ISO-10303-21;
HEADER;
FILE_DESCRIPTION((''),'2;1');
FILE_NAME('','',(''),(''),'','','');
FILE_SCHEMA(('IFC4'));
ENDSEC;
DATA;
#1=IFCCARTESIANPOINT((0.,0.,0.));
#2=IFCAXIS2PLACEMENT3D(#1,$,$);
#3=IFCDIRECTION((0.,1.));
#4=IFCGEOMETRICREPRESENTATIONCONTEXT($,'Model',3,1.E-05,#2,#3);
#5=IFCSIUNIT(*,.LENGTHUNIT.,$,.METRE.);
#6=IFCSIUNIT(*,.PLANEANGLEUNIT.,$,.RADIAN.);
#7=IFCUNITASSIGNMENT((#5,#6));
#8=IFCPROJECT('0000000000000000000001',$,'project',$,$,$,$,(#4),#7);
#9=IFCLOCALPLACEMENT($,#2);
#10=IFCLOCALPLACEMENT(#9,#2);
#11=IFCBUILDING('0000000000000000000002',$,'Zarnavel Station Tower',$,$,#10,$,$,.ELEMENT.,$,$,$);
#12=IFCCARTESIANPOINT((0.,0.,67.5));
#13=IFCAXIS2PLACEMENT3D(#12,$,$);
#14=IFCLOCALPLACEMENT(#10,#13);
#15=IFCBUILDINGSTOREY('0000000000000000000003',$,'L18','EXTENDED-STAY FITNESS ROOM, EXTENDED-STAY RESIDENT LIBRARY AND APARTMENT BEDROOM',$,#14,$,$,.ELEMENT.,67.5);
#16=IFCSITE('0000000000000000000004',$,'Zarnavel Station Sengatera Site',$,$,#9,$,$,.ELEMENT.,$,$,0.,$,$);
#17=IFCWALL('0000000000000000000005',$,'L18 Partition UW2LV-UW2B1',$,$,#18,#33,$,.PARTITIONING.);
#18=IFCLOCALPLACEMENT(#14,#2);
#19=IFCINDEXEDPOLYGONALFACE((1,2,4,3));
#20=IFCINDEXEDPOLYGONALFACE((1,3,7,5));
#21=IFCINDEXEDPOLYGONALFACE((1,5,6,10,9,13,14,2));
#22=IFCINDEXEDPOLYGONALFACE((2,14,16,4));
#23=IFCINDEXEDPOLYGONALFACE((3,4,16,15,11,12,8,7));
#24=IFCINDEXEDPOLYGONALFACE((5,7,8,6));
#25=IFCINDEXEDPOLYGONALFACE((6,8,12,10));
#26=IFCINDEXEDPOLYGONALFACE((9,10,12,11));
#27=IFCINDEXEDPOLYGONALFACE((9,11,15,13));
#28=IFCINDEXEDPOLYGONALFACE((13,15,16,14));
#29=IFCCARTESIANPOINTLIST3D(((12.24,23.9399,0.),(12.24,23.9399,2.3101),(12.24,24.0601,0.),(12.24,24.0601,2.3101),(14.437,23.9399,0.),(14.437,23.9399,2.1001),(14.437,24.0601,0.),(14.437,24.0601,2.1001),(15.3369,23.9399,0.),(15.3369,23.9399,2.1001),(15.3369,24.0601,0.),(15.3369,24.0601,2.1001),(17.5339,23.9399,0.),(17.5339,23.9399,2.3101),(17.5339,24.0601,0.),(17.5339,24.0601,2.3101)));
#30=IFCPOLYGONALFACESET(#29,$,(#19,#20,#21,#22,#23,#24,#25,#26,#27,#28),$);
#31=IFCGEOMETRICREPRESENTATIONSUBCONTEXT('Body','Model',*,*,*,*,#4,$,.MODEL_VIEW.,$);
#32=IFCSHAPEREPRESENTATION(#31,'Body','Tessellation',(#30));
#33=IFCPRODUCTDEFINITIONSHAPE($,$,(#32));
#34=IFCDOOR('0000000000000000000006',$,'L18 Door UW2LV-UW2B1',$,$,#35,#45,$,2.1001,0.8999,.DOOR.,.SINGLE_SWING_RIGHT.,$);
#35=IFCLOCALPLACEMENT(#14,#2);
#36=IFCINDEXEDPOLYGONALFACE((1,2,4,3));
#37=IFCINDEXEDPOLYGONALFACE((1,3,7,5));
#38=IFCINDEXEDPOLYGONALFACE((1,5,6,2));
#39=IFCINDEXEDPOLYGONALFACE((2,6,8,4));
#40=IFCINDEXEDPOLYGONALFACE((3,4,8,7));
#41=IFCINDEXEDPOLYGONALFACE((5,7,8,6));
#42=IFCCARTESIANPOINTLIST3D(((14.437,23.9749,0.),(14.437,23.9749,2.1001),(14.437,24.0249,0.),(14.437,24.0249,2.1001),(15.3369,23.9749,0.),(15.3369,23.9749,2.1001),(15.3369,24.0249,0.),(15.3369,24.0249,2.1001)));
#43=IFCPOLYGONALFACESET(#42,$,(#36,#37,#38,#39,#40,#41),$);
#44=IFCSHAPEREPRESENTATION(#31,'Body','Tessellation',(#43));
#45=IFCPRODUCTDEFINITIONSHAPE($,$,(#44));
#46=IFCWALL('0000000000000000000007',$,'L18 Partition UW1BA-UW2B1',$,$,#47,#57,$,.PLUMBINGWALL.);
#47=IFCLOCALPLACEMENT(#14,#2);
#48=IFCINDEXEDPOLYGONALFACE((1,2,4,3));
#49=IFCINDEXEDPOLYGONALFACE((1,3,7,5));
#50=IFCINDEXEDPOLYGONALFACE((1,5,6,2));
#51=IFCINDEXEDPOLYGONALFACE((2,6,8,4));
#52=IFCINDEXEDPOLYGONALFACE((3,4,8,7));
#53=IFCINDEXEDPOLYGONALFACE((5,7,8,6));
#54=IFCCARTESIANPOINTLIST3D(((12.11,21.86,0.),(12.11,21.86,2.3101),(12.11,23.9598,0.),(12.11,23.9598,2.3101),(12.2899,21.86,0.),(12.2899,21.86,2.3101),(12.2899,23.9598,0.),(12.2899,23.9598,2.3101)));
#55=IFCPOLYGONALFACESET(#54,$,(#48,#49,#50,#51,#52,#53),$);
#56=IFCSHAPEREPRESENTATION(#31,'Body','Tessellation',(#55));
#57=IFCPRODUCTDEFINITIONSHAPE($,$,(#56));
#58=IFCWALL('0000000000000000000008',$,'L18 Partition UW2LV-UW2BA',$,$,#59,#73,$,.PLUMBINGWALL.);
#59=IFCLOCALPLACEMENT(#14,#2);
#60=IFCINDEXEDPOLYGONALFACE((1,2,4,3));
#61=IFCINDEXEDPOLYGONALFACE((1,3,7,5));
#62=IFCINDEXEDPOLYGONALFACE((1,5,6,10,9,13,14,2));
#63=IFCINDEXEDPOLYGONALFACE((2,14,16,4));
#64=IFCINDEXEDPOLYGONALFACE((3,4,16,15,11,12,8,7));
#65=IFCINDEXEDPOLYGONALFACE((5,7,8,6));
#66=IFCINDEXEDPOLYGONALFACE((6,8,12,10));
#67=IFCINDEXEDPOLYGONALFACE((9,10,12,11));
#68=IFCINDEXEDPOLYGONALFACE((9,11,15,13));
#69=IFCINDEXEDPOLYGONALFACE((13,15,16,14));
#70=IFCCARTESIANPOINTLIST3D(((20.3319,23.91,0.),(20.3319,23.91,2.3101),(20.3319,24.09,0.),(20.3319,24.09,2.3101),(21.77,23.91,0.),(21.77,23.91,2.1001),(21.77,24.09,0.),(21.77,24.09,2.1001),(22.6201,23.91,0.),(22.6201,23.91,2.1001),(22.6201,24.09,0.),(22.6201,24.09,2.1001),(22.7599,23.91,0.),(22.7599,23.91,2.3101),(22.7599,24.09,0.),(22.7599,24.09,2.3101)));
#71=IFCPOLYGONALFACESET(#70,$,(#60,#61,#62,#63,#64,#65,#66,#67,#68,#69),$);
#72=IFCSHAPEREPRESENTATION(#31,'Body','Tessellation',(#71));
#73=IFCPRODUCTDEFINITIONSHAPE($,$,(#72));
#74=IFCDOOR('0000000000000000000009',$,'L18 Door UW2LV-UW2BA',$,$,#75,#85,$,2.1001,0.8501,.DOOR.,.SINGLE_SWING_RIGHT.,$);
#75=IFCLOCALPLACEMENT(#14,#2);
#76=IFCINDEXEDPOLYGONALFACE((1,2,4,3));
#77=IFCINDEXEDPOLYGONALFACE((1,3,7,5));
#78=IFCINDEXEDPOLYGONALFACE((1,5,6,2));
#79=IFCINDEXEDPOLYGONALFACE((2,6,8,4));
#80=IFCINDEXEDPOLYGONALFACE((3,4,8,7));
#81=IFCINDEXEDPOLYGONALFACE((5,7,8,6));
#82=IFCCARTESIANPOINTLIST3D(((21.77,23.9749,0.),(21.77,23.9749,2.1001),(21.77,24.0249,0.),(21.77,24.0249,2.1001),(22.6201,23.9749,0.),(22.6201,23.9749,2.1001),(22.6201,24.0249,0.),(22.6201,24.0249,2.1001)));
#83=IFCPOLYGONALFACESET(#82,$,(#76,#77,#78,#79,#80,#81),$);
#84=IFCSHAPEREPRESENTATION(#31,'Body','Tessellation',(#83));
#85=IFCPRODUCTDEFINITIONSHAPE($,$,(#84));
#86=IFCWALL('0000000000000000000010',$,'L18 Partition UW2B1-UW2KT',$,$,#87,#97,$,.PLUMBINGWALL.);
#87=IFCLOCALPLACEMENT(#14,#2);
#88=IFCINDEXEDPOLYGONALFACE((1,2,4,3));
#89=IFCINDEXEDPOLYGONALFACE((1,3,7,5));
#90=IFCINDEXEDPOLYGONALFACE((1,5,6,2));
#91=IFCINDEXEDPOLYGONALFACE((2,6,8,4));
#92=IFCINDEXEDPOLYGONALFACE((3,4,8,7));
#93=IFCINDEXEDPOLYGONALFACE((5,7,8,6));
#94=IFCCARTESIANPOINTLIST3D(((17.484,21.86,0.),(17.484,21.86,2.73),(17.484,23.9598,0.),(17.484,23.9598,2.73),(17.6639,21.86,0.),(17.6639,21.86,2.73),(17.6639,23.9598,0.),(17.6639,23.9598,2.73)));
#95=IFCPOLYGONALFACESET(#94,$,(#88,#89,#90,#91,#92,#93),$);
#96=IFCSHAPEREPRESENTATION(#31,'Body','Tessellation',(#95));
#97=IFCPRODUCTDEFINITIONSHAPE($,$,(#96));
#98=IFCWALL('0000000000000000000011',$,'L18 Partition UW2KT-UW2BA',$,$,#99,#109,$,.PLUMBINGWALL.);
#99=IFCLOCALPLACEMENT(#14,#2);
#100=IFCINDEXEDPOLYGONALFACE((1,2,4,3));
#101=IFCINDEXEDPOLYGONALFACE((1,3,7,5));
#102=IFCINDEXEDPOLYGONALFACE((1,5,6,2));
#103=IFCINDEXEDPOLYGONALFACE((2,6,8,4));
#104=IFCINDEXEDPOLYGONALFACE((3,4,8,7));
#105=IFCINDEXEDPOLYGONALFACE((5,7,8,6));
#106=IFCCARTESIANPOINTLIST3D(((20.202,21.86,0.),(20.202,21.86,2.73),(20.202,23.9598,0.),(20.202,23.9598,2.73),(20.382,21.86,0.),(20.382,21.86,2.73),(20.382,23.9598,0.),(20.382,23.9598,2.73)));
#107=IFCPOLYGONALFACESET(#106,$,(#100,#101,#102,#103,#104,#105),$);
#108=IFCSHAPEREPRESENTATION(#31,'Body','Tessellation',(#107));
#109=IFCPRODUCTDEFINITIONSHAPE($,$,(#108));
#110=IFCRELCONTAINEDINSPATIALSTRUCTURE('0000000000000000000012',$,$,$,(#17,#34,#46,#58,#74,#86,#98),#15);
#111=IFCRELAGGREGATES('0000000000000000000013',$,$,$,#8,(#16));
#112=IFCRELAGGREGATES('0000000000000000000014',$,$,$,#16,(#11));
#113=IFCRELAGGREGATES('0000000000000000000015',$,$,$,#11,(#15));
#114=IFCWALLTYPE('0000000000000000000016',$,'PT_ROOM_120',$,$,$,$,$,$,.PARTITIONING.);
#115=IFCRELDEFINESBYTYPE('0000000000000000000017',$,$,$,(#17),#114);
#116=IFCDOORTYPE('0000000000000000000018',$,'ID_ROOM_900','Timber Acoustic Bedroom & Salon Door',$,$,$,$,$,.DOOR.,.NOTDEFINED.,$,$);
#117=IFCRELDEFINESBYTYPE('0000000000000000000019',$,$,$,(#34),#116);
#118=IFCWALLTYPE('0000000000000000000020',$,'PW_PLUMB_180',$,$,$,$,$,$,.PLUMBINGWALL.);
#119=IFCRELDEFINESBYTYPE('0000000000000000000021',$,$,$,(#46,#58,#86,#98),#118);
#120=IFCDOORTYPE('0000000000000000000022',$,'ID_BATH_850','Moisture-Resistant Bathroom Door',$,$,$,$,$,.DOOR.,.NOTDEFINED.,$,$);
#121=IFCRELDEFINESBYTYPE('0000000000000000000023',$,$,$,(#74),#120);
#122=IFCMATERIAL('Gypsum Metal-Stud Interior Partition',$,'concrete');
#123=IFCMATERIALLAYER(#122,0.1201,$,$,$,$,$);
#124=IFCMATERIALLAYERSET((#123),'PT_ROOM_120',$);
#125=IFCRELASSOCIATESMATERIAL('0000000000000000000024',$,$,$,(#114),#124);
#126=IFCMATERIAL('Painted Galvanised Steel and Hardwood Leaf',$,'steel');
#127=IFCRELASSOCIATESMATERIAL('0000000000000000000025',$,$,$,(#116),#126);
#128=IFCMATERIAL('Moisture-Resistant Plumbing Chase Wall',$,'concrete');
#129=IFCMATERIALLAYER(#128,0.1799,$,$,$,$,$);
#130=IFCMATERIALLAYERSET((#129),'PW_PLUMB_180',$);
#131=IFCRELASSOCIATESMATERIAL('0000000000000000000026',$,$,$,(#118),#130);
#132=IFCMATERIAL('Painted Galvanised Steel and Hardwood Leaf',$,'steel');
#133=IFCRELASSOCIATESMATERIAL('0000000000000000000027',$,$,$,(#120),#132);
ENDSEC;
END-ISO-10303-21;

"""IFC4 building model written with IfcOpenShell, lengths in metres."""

from ifc_helpers import new_model, si_unit, direction, frame, frame_2d, origin, place, context, subcontext, project, spatial, rectangle, extrude, material, layer, layer_set, type_object, element, fill, save


model = new_model("IFC4")

# Units and contexts
model_context = context("Model", 3, precision=1e-05, world=origin(), true_north=direction((0.0, 1.0)))
body_context = subcontext(model_context, "Body", "Model", "MODEL_VIEW")
ifc_project = project(units=[si_unit("LENGTHUNIT", "METRE"), si_unit("PLANEANGLEUNIT", "RADIAN")], contexts=[model_context])

# Site, building, storey
site_placement = place(None, origin())
site = spatial("IfcSite", under=ifc_project, at=site_placement, Name="Zarnavel Station Sengatera Site", CompositionType="ELEMENT", RefElevation=0.0)
building_placement = place(site_placement, origin())
building = spatial("IfcBuilding", under=site, at=building_placement, Name="Zarnavel Station Tower", CompositionType="ELEMENT")
storey_placement = place(building_placement, frame((0.0, 0.0, 67.5)))
storey = spatial("IfcBuildingStorey", under=building, at=storey_placement, Name="L18", Description="EXTENDED-STAY FITNESS ROOM, EXTENDED-STAY RESIDENT LIBRARY AND APARTMENT BEDROOM", CompositionType="ELEMENT", Elevation=67.5)

# Wall, opening, door
ifc_material_1 = material(Name="Gypsum Metal-Stud Interior Partition", Category="concrete")
ifc_layer_1 = layer(ifc_material_1, 0.1201)
ifc_layer_set_1 = layer_set([ifc_layer_1], Name="PT_ROOM_120")
wall_type_1 = type_object("IfcWallType", Name="PT_ROOM_120", PredefinedType="PARTITIONING", material=ifc_layer_set_1)
wall_1_placement = place(storey_placement, frame((12.24, 24.0, 0.0), z_axis=(0.0, 0.0, 1.0), x_axis=(1.0, 0.0, 0.0)))
wall_1 = element("IfcWall", 1, at=wall_1_placement, inside=storey, type_object=wall_type_1, Name="L18 Partition UW2LV-UW2B1", PredefinedType="PARTITIONING", context=body_context, shape_type="SweptSolid", body=[
    extrude(rectangle(XDim=5.2939, YDim=0.1201, at=frame_2d((2.647, 0.0))), origin(), (0.0, 0.0, 1.0), 2.3101),
])
opening_1_placement = place(wall_1_placement, frame((2.197, 0.0, 0.0)))
opening_1 = element("IfcOpeningElement", 2, at=opening_1_placement, cuts=wall_1, PredefinedType="OPENING", context=body_context, shape_type="SweptSolid", body=[
    extrude(rectangle(XDim=0.8999, YDim=2.1001, at=frame_2d((0.45, 1.05))), frame((0.0, 0.0701, 0.0), z_axis=(0.0, -1.0, 0.0), x_axis=(1.0, 0.0, 0.0)), (0.0, 0.0, 1.0), 0.1401),
])
ifc_material_2 = material(Name="Painted Galvanised Steel and Hardwood Leaf", Category="steel")
door_type_1 = type_object("IfcDoorType", Name="ID_ROOM_900", Description="Timber Acoustic Bedroom & Salon Door", OperationType="NOTDEFINED", PredefinedType="DOOR", material=ifc_material_2)
door_1_placement = place(opening_1_placement, origin())
door_1 = element("IfcDoor", 3, at=door_1_placement, inside=storey, type_object=door_type_1, Name="L18 Door UW2LV-UW2B1", OperationType="SINGLE_SWING_RIGHT", OverallHeight=2.1001, OverallWidth=0.8999, PredefinedType="DOOR", context=body_context, shape_type="SweptSolid", body=[
    extrude(rectangle(XDim=0.8999, YDim=2.1001, at=frame_2d((0.45, 1.05))), frame((0.0, 0.0249, 0.0), z_axis=(0.0, -1.0, 0.0), x_axis=(1.0, 0.0, 0.0)), (0.0, 0.0, 1.0), 0.05),
])
fill(opening_1, door_1)

# Wall
ifc_material_3 = material(Name="Moisture-Resistant Plumbing Chase Wall", Category="concrete")
ifc_layer_2 = layer(ifc_material_3, 0.1799)
ifc_layer_set_2 = layer_set([ifc_layer_2], Name="PW_PLUMB_180")
wall_type_2 = type_object("IfcWallType", Name="PW_PLUMB_180", PredefinedType="PLUMBINGWALL", material=ifc_layer_set_2)
wall_2_placement = place(storey_placement, frame((12.2, 21.8601, 0.0), z_axis=(0.0, 0.0, 1.0), x_axis=(0.0, 1.0, 0.0)))
element("IfcWall", 4, at=wall_2_placement, inside=storey, type_object=wall_type_2, Name="L18 Partition UW1BA-UW2B1", PredefinedType="PLUMBINGWALL", context=body_context, shape_type="SweptSolid", body=[
    extrude(rectangle(XDim=2.0999, YDim=0.1799, at=frame_2d((1.0498, 0.0))), origin(), (0.0, 0.0, 1.0), 2.3101),
])

# Wall, opening, door
wall_3_placement = place(storey_placement, frame((20.332, 24.0, 0.0), z_axis=(0.0, 0.0, 1.0), x_axis=(1.0, 0.0, 0.0)))
wall_3 = element("IfcWall", 5, at=wall_3_placement, inside=storey, type_object=wall_type_2, Name="L18 Partition UW2LV-UW2BA", PredefinedType="PLUMBINGWALL", context=body_context, shape_type="SweptSolid", body=[
    extrude(rectangle(XDim=2.428, YDim=0.1799, at=frame_2d((1.2139, 0.0))), origin(), (0.0, 0.0, 1.0), 2.3101),
])
opening_2_placement = place(wall_3_placement, frame((1.438, 0.0, 0.0)))
opening_2 = element("IfcOpeningElement", 6, at=opening_2_placement, cuts=wall_3, PredefinedType="OPENING", context=body_context, shape_type="SweptSolid", body=[
    extrude(rectangle(XDim=0.8501, YDim=2.1001, at=frame_2d((0.425, 1.05))), frame((0.0, 0.0999, 0.0), z_axis=(0.0, -1.0, 0.0), x_axis=(1.0, 0.0, 0.0)), (0.0, 0.0, 1.0), 0.2),
])
ifc_material_4 = material(Name="Painted Galvanised Steel and Hardwood Leaf", Category="steel")
door_type_2 = type_object("IfcDoorType", Name="ID_BATH_850", Description="Moisture-Resistant Bathroom Door", OperationType="NOTDEFINED", PredefinedType="DOOR", material=ifc_material_4)
door_2_placement = place(opening_2_placement, origin())
door_2 = element("IfcDoor", 7, at=door_2_placement, inside=storey, type_object=door_type_2, Name="L18 Door UW2LV-UW2BA", OperationType="SINGLE_SWING_RIGHT", OverallHeight=2.1001, OverallWidth=0.8501, PredefinedType="DOOR", context=body_context, shape_type="SweptSolid", body=[
    extrude(rectangle(XDim=0.8501, YDim=2.1001, at=frame_2d((0.425, 1.05))), frame((0.0, 0.0249, 0.0), z_axis=(0.0, -1.0, 0.0), x_axis=(1.0, 0.0, 0.0)), (0.0, 0.0, 1.0), 0.05),
])
fill(opening_2, door_2)

# Walls
for number, where, z_axis, x_axis, name in (
    (8, (17.574, 21.8601, 0.0), (0.0, 0.0, 1.0), (0.0, 1.0, 0.0), "L18 Partition UW2B1-UW2KT"),
    (9, (20.292, 21.8601, 0.0), (0.0, 0.0, 1.0), (0.0, 1.0, 0.0), "L18 Partition UW2KT-UW2BA"),
):
    element("IfcWall", number, at=place(storey_placement, frame(where, z_axis=z_axis, x_axis=x_axis)), inside=storey, type_object=wall_type_2, Name=name, PredefinedType="PLUMBINGWALL", context=body_context, shape_type="SweptSolid", body=[
        extrude(rectangle(XDim=2.0999, YDim=0.1799, at=frame_2d((1.0498, 0.0))), origin(), (0.0, 0.0, 1.0), 2.73),
    ])

save(model, "model.ifc")
